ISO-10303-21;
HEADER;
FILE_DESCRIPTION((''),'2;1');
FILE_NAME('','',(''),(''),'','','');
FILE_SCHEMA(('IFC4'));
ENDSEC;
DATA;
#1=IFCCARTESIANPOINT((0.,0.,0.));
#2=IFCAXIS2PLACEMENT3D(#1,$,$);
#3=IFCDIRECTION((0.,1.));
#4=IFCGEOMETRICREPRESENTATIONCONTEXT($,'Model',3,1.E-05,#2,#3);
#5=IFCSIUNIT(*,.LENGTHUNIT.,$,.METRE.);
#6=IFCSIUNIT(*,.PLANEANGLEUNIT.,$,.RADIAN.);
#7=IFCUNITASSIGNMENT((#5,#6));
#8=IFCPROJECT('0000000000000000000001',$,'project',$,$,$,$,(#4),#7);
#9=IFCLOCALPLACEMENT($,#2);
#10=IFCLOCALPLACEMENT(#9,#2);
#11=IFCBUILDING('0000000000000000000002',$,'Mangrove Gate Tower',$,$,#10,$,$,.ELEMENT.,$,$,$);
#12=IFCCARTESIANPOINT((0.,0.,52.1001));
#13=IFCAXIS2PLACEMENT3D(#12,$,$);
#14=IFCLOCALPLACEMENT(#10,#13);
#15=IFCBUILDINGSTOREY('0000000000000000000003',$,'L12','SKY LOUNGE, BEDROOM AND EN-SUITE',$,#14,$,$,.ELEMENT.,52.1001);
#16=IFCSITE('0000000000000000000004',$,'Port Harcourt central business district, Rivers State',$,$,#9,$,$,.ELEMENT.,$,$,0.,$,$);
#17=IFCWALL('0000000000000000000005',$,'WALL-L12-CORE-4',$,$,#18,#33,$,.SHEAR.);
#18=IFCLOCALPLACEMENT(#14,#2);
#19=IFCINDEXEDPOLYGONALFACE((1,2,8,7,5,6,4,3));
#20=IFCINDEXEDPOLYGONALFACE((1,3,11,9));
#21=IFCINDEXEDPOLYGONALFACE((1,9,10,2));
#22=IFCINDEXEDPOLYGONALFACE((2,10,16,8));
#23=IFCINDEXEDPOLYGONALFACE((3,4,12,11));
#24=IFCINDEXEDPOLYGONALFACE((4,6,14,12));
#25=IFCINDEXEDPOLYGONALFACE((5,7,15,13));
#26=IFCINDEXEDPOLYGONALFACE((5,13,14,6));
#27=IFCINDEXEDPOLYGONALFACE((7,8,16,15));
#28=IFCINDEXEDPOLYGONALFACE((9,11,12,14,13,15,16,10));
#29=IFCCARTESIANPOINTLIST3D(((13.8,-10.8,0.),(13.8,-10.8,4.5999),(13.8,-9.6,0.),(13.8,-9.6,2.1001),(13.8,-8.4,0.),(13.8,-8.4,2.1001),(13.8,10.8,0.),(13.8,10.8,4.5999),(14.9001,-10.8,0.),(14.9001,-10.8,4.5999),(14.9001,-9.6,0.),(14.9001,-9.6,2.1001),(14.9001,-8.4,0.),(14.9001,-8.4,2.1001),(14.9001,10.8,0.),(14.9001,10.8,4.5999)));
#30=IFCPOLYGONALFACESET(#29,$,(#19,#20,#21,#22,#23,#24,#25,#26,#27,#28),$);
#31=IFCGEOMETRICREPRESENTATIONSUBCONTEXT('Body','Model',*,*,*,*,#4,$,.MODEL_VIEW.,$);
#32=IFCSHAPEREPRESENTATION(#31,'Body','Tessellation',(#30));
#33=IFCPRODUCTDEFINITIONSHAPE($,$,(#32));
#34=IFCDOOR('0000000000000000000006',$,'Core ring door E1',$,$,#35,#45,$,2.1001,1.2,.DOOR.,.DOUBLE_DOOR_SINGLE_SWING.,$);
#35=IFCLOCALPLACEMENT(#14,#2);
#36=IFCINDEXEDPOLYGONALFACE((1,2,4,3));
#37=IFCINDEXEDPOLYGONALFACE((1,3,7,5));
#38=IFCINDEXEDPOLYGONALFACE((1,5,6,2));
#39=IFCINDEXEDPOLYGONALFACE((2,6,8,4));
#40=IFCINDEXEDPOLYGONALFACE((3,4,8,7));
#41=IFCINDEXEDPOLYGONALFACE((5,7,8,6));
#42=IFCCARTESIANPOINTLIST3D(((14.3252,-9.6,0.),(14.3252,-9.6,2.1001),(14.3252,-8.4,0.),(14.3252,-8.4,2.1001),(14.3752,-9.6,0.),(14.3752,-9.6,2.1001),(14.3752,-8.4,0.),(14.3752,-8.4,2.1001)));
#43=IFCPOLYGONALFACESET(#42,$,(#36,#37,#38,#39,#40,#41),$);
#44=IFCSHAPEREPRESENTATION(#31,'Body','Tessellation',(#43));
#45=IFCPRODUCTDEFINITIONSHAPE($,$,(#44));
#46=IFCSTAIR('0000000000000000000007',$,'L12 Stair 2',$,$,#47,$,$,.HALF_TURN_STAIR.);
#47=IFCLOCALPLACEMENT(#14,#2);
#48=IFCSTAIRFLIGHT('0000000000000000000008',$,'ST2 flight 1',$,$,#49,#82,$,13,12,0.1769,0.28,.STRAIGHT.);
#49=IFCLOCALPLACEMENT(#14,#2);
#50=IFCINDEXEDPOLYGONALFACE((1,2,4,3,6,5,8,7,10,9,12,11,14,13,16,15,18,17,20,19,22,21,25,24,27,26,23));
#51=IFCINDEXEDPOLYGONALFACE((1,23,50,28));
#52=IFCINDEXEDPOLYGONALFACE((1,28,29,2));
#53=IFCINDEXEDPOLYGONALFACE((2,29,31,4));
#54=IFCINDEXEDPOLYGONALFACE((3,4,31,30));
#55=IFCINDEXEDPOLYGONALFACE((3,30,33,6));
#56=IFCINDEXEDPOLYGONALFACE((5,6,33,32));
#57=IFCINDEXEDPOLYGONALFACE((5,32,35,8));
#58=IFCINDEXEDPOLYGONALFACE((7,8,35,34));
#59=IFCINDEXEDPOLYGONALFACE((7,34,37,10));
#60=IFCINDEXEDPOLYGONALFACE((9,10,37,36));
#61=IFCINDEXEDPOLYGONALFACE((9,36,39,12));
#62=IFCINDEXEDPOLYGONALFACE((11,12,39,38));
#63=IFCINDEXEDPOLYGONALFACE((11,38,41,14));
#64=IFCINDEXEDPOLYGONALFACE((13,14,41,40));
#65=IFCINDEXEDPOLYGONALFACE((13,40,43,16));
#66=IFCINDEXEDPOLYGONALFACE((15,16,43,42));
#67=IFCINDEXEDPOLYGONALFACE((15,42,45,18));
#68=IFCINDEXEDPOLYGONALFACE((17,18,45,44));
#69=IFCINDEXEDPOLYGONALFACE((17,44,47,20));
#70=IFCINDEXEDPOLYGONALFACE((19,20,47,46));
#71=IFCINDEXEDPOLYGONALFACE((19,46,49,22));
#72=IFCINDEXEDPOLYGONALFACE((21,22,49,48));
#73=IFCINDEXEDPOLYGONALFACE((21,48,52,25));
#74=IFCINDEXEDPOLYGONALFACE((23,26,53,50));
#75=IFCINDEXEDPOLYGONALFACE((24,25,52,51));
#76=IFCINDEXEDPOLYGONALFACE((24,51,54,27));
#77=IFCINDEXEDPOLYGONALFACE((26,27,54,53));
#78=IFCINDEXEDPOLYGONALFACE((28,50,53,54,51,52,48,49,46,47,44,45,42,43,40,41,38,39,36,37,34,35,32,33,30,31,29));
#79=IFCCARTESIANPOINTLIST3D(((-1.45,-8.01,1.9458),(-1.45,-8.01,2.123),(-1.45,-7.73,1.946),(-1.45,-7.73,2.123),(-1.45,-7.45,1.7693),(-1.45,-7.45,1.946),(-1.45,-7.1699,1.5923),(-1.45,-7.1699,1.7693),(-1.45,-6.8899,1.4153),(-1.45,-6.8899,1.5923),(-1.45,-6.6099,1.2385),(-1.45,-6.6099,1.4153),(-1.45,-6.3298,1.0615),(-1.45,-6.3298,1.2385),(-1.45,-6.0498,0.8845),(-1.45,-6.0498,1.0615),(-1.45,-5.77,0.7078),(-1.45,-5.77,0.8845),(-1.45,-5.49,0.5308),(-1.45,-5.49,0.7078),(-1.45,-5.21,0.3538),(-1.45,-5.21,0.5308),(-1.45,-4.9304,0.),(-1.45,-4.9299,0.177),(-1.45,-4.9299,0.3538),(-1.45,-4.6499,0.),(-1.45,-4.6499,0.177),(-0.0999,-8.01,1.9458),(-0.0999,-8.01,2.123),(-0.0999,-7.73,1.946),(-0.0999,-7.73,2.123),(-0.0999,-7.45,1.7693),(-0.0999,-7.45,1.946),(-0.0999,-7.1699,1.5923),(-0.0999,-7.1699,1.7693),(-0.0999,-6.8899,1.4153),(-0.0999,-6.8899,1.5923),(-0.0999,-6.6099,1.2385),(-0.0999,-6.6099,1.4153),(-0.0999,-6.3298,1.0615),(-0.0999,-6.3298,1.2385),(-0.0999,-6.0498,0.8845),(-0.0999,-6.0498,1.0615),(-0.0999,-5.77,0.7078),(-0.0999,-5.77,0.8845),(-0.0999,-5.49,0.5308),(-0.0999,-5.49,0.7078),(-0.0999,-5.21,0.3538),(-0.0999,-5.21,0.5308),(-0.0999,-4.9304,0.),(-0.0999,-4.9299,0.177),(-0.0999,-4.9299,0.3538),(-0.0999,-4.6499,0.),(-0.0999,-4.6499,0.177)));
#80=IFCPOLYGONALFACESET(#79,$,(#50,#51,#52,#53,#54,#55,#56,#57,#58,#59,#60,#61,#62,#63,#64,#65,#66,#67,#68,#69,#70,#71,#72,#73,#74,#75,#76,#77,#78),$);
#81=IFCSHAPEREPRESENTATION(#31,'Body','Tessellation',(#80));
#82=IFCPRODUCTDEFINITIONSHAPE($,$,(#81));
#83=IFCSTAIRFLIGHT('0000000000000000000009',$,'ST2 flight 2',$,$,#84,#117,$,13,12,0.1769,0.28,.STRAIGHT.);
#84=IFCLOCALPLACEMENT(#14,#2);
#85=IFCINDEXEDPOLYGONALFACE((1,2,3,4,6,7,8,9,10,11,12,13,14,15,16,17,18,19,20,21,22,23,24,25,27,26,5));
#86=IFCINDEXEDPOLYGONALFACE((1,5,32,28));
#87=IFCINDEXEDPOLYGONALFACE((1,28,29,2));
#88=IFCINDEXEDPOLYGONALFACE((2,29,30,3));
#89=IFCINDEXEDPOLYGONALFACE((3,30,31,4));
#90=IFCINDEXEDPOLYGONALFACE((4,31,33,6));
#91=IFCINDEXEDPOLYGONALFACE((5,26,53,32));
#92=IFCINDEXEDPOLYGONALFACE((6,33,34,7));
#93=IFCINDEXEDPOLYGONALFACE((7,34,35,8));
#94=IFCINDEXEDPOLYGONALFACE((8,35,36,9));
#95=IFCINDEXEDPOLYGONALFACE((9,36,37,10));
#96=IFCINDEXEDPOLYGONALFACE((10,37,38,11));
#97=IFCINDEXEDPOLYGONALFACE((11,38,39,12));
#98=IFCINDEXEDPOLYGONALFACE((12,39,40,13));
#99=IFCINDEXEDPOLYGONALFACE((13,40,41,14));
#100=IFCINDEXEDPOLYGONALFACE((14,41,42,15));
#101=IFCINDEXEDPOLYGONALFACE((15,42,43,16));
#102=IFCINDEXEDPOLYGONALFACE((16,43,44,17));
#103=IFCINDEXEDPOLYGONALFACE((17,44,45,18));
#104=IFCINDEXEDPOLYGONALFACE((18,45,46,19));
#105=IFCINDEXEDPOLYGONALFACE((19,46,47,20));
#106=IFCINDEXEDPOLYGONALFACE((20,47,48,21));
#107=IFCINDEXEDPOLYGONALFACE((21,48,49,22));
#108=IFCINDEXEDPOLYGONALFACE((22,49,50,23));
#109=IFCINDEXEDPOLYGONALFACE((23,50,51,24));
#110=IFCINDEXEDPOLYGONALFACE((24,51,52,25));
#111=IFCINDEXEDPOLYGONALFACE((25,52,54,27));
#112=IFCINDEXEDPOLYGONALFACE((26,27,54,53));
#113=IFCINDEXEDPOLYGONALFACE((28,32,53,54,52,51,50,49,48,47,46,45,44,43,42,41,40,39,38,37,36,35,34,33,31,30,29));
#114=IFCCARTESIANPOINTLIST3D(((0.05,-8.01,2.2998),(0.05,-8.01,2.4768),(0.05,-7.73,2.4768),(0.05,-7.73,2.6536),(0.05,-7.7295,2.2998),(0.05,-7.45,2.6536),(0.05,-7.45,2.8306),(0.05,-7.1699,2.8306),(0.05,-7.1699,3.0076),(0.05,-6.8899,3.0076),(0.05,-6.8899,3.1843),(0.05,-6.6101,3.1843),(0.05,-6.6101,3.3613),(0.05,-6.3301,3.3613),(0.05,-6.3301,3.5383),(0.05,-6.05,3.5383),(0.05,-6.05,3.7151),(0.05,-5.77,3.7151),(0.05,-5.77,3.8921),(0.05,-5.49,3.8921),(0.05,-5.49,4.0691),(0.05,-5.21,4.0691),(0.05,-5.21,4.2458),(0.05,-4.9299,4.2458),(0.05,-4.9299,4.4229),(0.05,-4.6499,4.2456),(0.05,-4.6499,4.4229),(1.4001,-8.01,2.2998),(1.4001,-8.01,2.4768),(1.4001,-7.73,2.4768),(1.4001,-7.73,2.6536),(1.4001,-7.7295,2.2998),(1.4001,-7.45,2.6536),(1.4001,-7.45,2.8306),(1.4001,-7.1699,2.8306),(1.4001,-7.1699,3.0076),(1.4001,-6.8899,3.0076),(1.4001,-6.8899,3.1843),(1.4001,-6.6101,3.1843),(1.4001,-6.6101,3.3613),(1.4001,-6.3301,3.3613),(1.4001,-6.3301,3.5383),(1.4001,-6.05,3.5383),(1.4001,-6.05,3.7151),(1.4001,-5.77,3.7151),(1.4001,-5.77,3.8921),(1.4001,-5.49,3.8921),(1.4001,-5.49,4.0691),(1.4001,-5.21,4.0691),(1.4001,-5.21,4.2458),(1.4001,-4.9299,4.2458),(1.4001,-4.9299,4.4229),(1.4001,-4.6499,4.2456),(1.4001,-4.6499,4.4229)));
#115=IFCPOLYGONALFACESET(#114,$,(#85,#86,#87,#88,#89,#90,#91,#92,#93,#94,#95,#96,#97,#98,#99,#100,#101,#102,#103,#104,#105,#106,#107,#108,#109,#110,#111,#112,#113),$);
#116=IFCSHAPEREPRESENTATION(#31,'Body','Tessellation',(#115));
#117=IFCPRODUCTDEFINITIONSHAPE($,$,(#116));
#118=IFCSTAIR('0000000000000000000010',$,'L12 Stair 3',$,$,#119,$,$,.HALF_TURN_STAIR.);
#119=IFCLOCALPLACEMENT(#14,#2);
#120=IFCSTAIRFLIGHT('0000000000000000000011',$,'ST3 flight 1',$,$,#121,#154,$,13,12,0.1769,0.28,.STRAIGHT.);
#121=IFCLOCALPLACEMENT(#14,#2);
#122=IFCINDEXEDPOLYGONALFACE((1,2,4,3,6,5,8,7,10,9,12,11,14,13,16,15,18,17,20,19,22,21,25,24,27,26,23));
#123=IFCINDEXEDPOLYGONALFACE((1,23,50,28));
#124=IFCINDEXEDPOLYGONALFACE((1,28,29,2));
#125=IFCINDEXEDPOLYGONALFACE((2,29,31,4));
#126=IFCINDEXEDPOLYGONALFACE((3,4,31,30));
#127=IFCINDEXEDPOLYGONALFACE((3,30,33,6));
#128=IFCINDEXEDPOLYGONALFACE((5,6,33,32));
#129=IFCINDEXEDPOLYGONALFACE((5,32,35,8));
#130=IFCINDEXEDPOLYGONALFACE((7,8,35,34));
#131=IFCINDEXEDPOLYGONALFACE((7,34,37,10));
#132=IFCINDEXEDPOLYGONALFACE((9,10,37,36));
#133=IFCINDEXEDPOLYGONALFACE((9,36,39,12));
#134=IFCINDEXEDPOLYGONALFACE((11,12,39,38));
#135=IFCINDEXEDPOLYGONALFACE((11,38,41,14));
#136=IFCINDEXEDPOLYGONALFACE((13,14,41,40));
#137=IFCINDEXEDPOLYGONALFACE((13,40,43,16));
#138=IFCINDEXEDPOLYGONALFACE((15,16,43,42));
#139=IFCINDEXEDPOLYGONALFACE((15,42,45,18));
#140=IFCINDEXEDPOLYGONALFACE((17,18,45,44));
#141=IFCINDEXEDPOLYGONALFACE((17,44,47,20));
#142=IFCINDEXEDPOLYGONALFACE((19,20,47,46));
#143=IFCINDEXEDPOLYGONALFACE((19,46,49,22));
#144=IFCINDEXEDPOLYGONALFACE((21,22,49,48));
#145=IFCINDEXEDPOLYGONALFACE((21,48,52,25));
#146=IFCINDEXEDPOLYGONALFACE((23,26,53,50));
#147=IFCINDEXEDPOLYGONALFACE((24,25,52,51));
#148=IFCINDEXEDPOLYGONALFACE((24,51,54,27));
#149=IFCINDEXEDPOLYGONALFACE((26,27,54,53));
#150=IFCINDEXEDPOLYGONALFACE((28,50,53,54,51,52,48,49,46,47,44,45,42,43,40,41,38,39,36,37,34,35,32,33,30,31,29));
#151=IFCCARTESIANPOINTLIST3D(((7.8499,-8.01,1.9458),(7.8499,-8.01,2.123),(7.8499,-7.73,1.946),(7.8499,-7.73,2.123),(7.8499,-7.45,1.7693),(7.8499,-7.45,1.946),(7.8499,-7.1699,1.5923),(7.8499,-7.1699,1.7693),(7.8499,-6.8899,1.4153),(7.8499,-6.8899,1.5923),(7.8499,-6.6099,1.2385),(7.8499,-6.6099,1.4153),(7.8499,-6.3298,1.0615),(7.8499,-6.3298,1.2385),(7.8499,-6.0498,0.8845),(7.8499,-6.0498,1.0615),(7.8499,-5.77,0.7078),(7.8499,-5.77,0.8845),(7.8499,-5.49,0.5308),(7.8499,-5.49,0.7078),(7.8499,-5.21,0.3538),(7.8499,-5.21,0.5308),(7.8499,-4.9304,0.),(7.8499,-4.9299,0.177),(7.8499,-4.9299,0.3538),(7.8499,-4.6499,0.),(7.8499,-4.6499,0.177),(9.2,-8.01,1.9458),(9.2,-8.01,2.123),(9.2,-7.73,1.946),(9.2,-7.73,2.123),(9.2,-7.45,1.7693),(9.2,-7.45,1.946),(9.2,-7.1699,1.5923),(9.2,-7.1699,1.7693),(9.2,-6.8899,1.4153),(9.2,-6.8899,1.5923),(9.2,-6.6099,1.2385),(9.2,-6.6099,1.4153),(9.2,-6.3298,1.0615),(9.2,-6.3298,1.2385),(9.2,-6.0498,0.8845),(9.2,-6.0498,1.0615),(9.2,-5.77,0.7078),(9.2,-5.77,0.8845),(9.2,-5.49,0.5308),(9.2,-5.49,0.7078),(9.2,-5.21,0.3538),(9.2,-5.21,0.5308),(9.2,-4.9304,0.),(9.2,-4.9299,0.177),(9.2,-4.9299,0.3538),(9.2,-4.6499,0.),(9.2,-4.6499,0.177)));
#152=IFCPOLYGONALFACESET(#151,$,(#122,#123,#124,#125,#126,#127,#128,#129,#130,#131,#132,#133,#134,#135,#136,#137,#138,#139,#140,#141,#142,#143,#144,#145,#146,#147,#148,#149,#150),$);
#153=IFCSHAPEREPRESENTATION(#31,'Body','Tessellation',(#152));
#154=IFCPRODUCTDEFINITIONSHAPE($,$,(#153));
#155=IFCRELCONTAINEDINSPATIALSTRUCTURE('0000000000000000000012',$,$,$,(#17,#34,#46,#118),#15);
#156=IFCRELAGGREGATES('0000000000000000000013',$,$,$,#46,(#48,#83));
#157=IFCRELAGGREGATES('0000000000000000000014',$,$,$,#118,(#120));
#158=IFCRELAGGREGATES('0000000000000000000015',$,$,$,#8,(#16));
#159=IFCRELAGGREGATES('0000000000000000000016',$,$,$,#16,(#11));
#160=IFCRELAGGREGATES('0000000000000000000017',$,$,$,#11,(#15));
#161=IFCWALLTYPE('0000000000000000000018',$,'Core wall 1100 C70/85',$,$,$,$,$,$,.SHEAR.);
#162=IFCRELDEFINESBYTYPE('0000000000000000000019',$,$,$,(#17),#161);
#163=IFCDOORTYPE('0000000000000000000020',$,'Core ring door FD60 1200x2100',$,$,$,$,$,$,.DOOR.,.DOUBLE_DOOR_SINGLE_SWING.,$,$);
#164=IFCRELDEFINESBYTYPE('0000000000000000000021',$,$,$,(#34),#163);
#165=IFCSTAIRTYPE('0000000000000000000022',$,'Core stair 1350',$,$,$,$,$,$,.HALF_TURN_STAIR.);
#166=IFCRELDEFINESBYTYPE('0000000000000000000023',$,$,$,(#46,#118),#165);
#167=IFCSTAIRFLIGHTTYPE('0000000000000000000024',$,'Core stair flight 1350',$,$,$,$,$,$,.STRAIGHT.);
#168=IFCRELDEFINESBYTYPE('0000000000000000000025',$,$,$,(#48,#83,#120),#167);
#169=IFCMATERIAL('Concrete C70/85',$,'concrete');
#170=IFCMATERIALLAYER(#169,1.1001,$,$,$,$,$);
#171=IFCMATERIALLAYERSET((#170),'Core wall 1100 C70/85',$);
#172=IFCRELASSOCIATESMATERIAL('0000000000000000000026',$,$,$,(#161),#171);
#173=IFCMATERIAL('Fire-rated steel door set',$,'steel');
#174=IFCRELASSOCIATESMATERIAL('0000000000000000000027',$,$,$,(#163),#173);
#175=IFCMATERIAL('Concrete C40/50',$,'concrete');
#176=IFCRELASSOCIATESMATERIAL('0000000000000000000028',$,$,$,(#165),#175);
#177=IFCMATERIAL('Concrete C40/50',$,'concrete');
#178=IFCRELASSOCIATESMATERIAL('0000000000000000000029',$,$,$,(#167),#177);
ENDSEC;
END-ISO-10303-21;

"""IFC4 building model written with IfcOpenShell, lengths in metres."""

from ifc_helpers import new_model, si_unit, direction, frame, frame_2d, origin, place, context, subcontext, project, spatial, polyline, rectangle, outline, extrude, material, layer, layer_set, type_object, element, fill, aggregate, save


model = new_model("IFC4")

# Units and contexts
model_context = context("Model", 3, precision=1e-05, world=origin(), true_north=direction((0.0, 1.0)))
body_context = subcontext(model_context, "Body", "Model", "MODEL_VIEW")
ifc_project = project(units=[si_unit("LENGTHUNIT", "METRE"), si_unit("PLANEANGLEUNIT", "RADIAN")], contexts=[model_context])

# Site, building, storey
site_placement = place(None, origin())
site = spatial("IfcSite", under=ifc_project, at=site_placement, Name="Port Harcourt central business district, Rivers State", CompositionType="ELEMENT", RefElevation=0.0)
building_placement = place(site_placement, origin())
building = spatial("IfcBuilding", under=site, at=building_placement, Name="Mangrove Gate Tower", CompositionType="ELEMENT")
storey_placement = place(building_placement, frame((0.0, 0.0, 52.1001)))
storey = spatial("IfcBuildingStorey", under=building, at=storey_placement, Name="L12", Description="SKY LOUNGE, BEDROOM AND EN-SUITE", CompositionType="ELEMENT", Elevation=52.1001)

# Wall, opening, door
ifc_material_1 = material(Name="Concrete C70/85", Category="concrete")
ifc_layer_1 = layer(ifc_material_1, 1.1001)
ifc_layer_set_1 = layer_set([ifc_layer_1], Name="Core wall 1100 C70/85")
wall_type_1 = type_object("IfcWallType", Name="Core wall 1100 C70/85", PredefinedType="SHEAR", material=ifc_layer_set_1)
wall_1_placement = place(storey_placement, frame((14.3501, -10.8, 0.0), z_axis=(0.0, 0.0, 1.0), x_axis=(0.0, 1.0, 0.0)))
wall_1 = element("IfcWall", 1, at=wall_1_placement, inside=storey, type_object=wall_type_1, Name="WALL-L12-CORE-4", PredefinedType="SHEAR", context=body_context, shape_type="SweptSolid", body=[
    extrude(rectangle(XDim=21.6001, YDim=1.1001, at=frame_2d((10.8, 0.0))), origin(), (0.0, 0.0, 1.0), 4.5999),
])
opening_1_placement = place(wall_1_placement, frame((1.2, 0.0, 0.0)))
opening_1 = element("IfcOpeningElement", 2, at=opening_1_placement, cuts=wall_1, PredefinedType="OPENING", context=body_context, shape_type="SweptSolid", body=[
    extrude(rectangle(XDim=1.2, YDim=2.1001, at=frame_2d((0.6001, 1.05))), frame((0.0, 0.5601, 0.0), z_axis=(0.0, -1.0, 0.0), x_axis=(1.0, 0.0, 0.0)), (0.0, 0.0, 1.0), 1.1201),
])
ifc_material_2 = material(Name="Fire-rated steel door set", Category="steel")
door_type_1 = type_object("IfcDoorType", Name="Core ring door FD60 1200x2100", OperationType="DOUBLE_DOOR_SINGLE_SWING", PredefinedType="DOOR", material=ifc_material_2)
door_1_placement = place(opening_1_placement, origin())
door_1 = element("IfcDoor", 3, at=door_1_placement, inside=storey, type_object=door_type_1, Name="Core ring door E1", OperationType="DOUBLE_DOOR_SINGLE_SWING", OverallHeight=2.1001, OverallWidth=1.2, PredefinedType="DOOR", context=body_context, shape_type="SweptSolid", body=[
    extrude(rectangle(XDim=1.2, YDim=2.1001, at=frame_2d((0.6001, 1.05))), frame((0.0, 0.0249, 0.0), z_axis=(0.0, -1.0, 0.0), x_axis=(1.0, 0.0, 0.0)), (0.0, 0.0, 1.0), 0.05),
])
fill(opening_1, door_1)

# Stairs, stair flights
ifc_material_3 = material(Name="Concrete C40/50", Category="concrete")
stair_type = type_object("IfcStairType", Name="Core stair 1350", PredefinedType="HALF_TURN_STAIR", material=ifc_material_3)
stair_1_placement = place(storey_placement, origin())
stair_1 = element("IfcStair", 4, at=stair_1_placement, inside=storey, type_object=stair_type, Name="L12 Stair 2", PredefinedType="HALF_TURN_STAIR")
ifc_material_4 = material(Name="Concrete C40/50", Category="concrete")
stair_flight_type = type_object("IfcStairFlightType", Name="Core stair flight 1350", PredefinedType="STRAIGHT", material=ifc_material_4)
stair_flight_1_placement = place(storey_placement, frame((-0.7749, -4.6499, 0.0), z_axis=(0.0, 0.0, 1.0), x_axis=(0.0, -1.0, 0.0)))
stair_flight_1 = element("IfcStairFlight", 5, at=stair_flight_1_placement, type_object=stair_flight_type, Name="ST2 flight 1", NumberOfRisers=13, NumberOfTreads=12, PredefinedType="STRAIGHT", RiserHeight=0.1769, TreadLength=0.28, context=body_context, shape_type="SweptSolid", body=[
    extrude(outline(polyline([(0.0, 0.0), (0.0, 0.177), (0.28, 0.177), (0.28, 0.3538), (0.5601, 0.3538), (0.5601, 0.5308), (0.8401, 0.5308), (0.8401, 0.7078), (1.1201, 0.7078), (1.1201, 0.8845), (1.3999, 0.8845), (1.3999, 1.0615), (1.6799, 1.0615), (1.6799, 1.2385), (1.96, 1.2385), (1.96, 1.4153), (2.24, 1.4153), (2.24, 1.5923), (2.52, 1.5923), (2.52, 1.7693), (2.8, 1.7693), (2.8, 1.946), (3.0801, 1.946), (3.0801, 2.123), (3.3601, 2.123), (3.3601, 2.3), (3.3601, 1.9458), (0.2805, 0.0), (0.0, 0.0)])), frame((0.0, 0.675, 0.0), z_axis=(0.0, -1.0, 0.0), x_axis=(1.0, 0.0, 0.0)), (0.0, 0.0, 1.0), 1.3501),
])
stair_flight_2_placement = place(storey_placement, frame((0.7251, -8.01, 2.2998), z_axis=(0.0, 0.0, 1.0), x_axis=(0.0, 1.0, 0.0)))
stair_flight_2 = element("IfcStairFlight", 6, at=stair_flight_2_placement, type_object=stair_flight_type, Name="ST2 flight 2", NumberOfRisers=13, NumberOfTreads=12, PredefinedType="STRAIGHT", RiserHeight=0.1769, TreadLength=0.28, context=body_context, shape_type="SweptSolid", body=[
    extrude(outline(polyline([(0.0, 0.0), (0.0, 0.177), (0.28, 0.177), (0.28, 0.3538), (0.5601, 0.3538), (0.5601, 0.5308), (0.8401, 0.5308), (0.8401, 0.7078), (1.1201, 0.7078), (1.1201, 0.8845), (1.3999, 0.8845), (1.3999, 1.0615), (1.6799, 1.0615), (1.6799, 1.2385), (1.96, 1.2385), (1.96, 1.4153), (2.24, 1.4153), (2.24, 1.5923), (2.52, 1.5923), (2.52, 1.7693), (2.8, 1.7693), (2.8, 1.946), (3.0801, 1.946), (3.0801, 2.123), (3.3601, 2.123), (3.3601, 2.3), (3.3601, 1.9458), (0.2805, 0.0), (0.0, 0.0)])), frame((0.0, 0.675, 0.0), z_axis=(0.0, -1.0, 0.0), x_axis=(1.0, 0.0, 0.0)), (0.0, 0.0, 1.0), 1.3501),
])
aggregate(stair_1, [stair_flight_1, stair_flight_2])
stair_2_placement = place(storey_placement, origin())
stair_2 = element("IfcStair", 7, at=stair_2_placement, inside=storey, type_object=stair_type, Name="L12 Stair 3", PredefinedType="HALF_TURN_STAIR")
stair_flight_3_placement = place(storey_placement, frame((8.5249, -4.6499, 0.0), z_axis=(0.0, 0.0, 1.0), x_axis=(0.0, -1.0, 0.0)))
stair_flight_3 = element("IfcStairFlight", 8, at=stair_flight_3_placement, type_object=stair_flight_type, Name="ST3 flight 1", NumberOfRisers=13, NumberOfTreads=12, PredefinedType="STRAIGHT", RiserHeight=0.1769, TreadLength=0.28, context=body_context, shape_type="SweptSolid", body=[
    extrude(outline(polyline([(0.0, 0.0), (0.0, 0.177), (0.28, 0.177), (0.28, 0.3538), (0.5601, 0.3538), (0.5601, 0.5308), (0.8401, 0.5308), (0.8401, 0.7078), (1.1201, 0.7078), (1.1201, 0.8845), (1.3999, 0.8845), (1.3999, 1.0615), (1.6799, 1.0615), (1.6799, 1.2385), (1.96, 1.2385), (1.96, 1.4153), (2.24, 1.4153), (2.24, 1.5923), (2.52, 1.5923), (2.52, 1.7693), (2.8, 1.7693), (2.8, 1.946), (3.0801, 1.946), (3.0801, 2.123), (3.3601, 2.123), (3.3601, 2.3), (3.3601, 1.9458), (0.2805, 0.0), (0.0, 0.0)])), frame((0.0, 0.675, 0.0), z_axis=(0.0, -1.0, 0.0), x_axis=(1.0, 0.0, 0.0)), (0.0, 0.0, 1.0), 1.3501),
])
aggregate(stair_2, [stair_flight_3])

save(model, "model.ifc")
